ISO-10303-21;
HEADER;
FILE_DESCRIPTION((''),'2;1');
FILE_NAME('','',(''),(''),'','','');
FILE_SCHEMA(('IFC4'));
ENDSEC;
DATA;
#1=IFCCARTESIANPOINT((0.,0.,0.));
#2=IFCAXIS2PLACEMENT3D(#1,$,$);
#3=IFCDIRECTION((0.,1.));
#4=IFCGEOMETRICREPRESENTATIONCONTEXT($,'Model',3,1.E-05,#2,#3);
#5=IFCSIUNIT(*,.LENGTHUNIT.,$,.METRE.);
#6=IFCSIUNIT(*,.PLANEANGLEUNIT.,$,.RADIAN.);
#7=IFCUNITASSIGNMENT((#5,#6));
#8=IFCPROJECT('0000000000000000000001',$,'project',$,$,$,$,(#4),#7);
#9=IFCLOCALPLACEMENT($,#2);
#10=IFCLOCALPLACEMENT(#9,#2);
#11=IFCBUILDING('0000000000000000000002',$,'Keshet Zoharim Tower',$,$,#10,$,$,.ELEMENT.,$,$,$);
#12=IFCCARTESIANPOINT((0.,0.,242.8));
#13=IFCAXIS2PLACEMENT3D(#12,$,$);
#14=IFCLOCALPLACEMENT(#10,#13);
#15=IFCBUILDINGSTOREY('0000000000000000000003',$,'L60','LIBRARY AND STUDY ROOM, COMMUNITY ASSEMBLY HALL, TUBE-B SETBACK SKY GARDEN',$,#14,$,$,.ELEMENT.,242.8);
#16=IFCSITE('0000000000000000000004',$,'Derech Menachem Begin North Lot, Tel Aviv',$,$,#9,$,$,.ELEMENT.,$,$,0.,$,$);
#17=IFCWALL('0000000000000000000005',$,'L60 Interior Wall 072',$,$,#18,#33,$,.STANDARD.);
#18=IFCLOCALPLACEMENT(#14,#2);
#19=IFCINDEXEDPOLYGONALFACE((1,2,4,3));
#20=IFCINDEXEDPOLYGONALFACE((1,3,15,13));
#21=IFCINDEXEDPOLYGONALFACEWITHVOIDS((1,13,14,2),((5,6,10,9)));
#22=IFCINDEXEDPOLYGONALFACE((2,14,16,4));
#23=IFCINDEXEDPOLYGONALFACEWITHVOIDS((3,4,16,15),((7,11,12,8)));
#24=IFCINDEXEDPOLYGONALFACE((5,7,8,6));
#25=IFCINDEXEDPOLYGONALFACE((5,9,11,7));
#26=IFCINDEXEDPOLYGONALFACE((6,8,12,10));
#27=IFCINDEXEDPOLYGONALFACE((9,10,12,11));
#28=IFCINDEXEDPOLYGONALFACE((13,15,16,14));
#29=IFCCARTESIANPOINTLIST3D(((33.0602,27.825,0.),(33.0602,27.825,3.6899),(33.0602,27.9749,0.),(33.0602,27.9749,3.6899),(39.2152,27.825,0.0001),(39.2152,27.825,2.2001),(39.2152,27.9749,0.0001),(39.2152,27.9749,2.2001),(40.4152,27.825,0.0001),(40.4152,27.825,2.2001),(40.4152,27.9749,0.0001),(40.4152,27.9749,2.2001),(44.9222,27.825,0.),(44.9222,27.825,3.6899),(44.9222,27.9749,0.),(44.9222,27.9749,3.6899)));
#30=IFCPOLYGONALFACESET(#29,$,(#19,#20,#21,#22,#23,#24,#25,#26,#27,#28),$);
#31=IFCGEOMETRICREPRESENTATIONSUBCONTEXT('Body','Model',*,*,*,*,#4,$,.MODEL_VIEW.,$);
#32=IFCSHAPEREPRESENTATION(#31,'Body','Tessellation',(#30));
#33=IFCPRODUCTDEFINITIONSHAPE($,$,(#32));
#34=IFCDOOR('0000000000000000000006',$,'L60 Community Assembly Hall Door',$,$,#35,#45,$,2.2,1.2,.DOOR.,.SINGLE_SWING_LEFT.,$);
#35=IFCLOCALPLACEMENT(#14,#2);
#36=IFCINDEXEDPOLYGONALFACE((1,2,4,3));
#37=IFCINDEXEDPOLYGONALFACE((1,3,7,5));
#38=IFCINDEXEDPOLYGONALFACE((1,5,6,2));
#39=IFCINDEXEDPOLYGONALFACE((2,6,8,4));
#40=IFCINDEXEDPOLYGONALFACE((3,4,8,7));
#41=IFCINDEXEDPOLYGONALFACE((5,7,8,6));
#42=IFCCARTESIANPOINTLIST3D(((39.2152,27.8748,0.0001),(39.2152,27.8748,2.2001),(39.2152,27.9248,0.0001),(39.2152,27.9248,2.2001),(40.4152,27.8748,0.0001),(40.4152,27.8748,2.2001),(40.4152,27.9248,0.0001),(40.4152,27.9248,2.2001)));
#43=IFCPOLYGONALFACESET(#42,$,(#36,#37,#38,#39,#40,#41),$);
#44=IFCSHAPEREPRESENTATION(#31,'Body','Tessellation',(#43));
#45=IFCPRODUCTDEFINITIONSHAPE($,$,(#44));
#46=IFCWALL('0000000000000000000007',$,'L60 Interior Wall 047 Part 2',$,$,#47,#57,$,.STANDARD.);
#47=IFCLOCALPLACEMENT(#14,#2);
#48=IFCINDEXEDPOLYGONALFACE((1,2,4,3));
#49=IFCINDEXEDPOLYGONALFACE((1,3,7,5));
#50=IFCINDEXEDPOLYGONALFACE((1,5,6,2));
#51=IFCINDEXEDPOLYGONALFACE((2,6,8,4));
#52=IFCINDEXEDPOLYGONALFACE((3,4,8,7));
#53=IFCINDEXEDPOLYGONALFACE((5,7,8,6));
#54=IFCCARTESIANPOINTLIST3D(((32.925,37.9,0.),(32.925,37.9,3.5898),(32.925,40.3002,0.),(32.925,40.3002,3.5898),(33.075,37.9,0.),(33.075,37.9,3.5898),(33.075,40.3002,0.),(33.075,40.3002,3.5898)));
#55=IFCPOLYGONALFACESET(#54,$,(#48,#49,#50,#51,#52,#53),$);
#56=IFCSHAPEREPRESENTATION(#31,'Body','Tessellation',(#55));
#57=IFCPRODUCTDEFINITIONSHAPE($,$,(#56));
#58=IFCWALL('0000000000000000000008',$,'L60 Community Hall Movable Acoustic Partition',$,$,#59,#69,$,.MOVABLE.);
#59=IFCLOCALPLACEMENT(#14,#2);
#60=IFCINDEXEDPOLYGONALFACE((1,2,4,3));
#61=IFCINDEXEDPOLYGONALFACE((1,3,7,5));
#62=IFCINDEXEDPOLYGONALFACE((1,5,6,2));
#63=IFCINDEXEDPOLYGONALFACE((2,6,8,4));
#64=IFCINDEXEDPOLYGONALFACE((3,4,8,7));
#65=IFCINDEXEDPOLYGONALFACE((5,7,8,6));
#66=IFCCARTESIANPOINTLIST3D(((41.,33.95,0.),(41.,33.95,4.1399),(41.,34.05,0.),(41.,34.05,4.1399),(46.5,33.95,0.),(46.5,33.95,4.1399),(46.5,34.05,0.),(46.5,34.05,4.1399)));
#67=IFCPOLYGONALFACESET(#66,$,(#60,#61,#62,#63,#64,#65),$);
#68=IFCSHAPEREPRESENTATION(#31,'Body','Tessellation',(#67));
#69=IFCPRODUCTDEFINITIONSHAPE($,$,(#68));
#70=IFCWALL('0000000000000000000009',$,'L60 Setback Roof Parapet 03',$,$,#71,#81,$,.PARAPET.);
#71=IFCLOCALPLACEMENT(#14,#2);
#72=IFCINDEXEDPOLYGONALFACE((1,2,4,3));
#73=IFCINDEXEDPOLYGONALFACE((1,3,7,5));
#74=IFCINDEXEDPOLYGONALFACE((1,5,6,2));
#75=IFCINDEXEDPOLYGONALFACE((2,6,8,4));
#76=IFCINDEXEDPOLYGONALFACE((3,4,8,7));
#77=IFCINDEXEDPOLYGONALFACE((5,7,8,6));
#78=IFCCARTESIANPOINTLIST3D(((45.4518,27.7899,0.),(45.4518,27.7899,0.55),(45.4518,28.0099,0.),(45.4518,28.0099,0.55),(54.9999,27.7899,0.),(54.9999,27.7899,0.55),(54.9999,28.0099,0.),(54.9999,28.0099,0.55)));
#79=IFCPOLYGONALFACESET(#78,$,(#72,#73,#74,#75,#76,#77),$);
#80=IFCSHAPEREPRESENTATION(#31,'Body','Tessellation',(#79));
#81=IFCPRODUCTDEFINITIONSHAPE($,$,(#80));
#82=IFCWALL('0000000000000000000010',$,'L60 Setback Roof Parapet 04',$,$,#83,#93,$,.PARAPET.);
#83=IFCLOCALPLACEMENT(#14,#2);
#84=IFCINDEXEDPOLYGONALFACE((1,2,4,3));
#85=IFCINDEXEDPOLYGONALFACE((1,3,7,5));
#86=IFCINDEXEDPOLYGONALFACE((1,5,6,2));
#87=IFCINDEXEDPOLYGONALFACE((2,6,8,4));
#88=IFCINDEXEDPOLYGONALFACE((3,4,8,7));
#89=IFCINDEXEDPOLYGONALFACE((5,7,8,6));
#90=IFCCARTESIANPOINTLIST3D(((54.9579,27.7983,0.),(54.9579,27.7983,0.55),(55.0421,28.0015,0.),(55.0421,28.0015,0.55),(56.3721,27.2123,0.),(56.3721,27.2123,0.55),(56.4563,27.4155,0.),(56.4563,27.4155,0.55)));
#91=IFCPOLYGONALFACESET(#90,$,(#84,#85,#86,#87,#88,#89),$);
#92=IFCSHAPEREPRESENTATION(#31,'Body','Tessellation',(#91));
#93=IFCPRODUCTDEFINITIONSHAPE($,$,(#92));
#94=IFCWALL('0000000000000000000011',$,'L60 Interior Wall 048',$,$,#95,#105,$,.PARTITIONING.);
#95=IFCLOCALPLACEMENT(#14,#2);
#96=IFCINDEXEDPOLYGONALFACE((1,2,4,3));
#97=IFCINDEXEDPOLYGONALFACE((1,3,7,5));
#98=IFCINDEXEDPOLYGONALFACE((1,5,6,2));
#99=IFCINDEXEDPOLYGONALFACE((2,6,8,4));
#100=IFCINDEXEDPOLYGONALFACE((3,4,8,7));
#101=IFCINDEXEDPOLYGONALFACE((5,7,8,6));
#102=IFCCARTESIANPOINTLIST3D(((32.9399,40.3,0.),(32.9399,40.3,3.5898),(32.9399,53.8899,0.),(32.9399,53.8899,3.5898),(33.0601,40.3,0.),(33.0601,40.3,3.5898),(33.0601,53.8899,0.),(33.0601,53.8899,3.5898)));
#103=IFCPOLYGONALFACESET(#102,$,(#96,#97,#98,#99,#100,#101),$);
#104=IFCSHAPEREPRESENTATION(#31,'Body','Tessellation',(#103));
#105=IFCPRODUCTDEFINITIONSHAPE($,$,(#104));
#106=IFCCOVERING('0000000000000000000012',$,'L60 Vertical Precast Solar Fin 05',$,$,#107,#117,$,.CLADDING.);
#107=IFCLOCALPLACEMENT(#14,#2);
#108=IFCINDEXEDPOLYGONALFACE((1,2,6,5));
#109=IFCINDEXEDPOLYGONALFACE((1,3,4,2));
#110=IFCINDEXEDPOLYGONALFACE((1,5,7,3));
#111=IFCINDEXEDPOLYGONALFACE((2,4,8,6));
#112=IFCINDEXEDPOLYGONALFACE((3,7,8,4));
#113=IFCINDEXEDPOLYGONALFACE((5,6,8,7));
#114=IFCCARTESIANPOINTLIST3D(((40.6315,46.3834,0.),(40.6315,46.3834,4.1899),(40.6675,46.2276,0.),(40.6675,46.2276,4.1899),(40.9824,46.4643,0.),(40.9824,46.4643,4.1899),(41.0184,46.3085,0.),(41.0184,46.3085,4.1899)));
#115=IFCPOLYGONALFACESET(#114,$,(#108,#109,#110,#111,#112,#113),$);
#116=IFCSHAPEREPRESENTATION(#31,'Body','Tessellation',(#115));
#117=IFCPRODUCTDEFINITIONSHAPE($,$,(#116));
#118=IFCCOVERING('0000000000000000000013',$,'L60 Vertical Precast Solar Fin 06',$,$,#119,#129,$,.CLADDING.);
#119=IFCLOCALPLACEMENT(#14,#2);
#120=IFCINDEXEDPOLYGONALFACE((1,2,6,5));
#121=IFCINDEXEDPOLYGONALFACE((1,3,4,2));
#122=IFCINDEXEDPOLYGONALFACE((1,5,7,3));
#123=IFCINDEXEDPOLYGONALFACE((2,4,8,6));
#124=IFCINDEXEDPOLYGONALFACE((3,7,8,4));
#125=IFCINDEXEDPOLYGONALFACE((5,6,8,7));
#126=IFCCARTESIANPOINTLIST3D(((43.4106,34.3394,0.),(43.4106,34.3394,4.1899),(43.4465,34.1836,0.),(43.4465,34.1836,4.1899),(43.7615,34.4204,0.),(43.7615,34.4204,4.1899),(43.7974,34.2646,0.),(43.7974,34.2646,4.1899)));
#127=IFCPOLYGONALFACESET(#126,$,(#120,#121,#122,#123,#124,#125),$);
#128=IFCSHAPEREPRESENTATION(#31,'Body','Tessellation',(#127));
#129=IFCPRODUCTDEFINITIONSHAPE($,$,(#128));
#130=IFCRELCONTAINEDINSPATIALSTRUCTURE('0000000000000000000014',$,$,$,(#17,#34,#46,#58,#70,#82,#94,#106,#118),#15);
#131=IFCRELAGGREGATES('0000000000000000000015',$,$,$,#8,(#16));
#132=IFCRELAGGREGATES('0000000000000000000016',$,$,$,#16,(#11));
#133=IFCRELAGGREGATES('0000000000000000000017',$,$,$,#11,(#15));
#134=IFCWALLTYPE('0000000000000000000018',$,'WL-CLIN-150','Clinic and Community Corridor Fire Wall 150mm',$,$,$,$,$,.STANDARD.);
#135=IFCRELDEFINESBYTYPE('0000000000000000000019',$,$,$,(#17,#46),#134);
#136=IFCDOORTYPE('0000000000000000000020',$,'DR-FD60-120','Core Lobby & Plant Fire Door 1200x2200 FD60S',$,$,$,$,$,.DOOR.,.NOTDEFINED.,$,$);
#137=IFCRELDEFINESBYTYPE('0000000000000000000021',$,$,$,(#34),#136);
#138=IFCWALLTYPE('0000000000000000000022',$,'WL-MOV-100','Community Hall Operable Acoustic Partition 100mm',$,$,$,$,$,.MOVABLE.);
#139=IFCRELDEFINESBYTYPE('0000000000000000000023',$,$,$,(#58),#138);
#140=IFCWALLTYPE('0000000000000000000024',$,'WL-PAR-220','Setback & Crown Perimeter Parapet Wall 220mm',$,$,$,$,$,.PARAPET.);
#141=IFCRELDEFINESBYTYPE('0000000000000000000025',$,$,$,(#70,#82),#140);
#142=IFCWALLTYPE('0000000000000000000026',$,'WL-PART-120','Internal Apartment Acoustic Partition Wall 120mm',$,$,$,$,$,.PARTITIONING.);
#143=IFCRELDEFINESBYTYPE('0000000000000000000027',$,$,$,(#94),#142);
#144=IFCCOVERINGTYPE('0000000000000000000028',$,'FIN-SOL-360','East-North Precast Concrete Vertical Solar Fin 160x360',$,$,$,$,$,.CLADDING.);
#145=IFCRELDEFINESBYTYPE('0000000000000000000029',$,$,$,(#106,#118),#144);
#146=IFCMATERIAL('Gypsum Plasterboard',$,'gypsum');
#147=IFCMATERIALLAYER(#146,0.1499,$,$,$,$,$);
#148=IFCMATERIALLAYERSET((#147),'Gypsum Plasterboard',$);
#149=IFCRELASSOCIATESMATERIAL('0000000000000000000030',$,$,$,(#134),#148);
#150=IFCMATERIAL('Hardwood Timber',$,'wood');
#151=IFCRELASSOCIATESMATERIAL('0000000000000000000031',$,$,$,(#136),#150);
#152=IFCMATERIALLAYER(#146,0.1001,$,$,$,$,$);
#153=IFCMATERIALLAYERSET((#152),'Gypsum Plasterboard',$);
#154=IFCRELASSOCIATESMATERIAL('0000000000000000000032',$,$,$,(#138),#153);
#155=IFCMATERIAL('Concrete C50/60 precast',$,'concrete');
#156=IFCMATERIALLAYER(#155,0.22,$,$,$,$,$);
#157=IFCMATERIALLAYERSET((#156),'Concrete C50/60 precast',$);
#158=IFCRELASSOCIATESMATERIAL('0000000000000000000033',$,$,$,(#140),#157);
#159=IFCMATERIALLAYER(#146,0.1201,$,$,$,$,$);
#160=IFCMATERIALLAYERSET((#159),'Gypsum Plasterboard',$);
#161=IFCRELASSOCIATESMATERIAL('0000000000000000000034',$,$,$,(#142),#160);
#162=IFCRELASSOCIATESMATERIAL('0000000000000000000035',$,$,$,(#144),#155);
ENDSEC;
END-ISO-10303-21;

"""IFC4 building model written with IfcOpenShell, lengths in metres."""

from ifc_helpers import new_model, si_unit, direction, frame, frame_2d, origin, origin_2d, place, context, subcontext, project, spatial, rectangle, extrude, material, layer, layer_set, type_object, element, fill, save


model = new_model("IFC4")

# Units and contexts
model_context = context("Model", 3, precision=1e-05, world=origin(), true_north=direction((0.0, 1.0)))
body_context = subcontext(model_context, "Body", "Model", "MODEL_VIEW")
ifc_project = project(units=[si_unit("LENGTHUNIT", "METRE"), si_unit("PLANEANGLEUNIT", "RADIAN")], contexts=[model_context])

# Site, building, storey
site_placement = place(None, origin())
site = spatial("IfcSite", under=ifc_project, at=site_placement, Name="Derech Menachem Begin North Lot, Tel Aviv", CompositionType="ELEMENT", RefElevation=0.0)
building_placement = place(site_placement, origin())
building = spatial("IfcBuilding", under=site, at=building_placement, Name="Keshet Zoharim Tower", CompositionType="ELEMENT")
storey_placement = place(building_placement, frame((0.0, 0.0, 242.8)))
storey = spatial("IfcBuildingStorey", under=building, at=storey_placement, Name="L60", Description="LIBRARY AND STUDY ROOM, COMMUNITY ASSEMBLY HALL, TUBE-B SETBACK SKY GARDEN", CompositionType="ELEMENT", Elevation=242.8)

# Wall, opening, door
ifc_material_1 = material(Name="Gypsum Plasterboard", Category="gypsum")
ifc_layer_1 = layer(ifc_material_1, 0.1499)
ifc_layer_set_1 = layer_set([ifc_layer_1], Name="Gypsum Plasterboard")
wall_type_1 = type_object("IfcWallType", Name="WL-CLIN-150", Description="Clinic and Community Corridor Fire Wall 150mm", PredefinedType="STANDARD", material=ifc_layer_set_1)
wall_1_placement = place(storey_placement, frame((33.0601, 27.8999, 0.0), z_axis=(0.0, 0.0, 1.0), x_axis=(1.0, 0.0, 0.0)))
wall_1 = element("IfcWall", 1, at=wall_1_placement, inside=storey, type_object=wall_type_1, Name="L60 Interior Wall 072", PredefinedType="STANDARD", context=body_context, shape_type="SweptSolid", body=[
    extrude(rectangle(XDim=11.8621, YDim=0.1499, at=frame_2d((5.9312, 0.0))), origin(), (0.0, 0.0, 1.0), 3.6899),
])
opening_placement = place(wall_1_placement, frame((6.155, 0.0, 0.0)))
opening = element("IfcOpeningElement", 2, at=opening_placement, cuts=wall_1, PredefinedType="OPENING", context=body_context, shape_type="SweptSolid", body=[
    extrude(rectangle(XDim=1.2, YDim=2.2, at=frame_2d((0.6001, 1.1001))), frame((0.0, 0.085, 0.0), z_axis=(0.0, -1.0, 0.0), x_axis=(1.0, 0.0, 0.0)), (0.0, 0.0, 1.0), 0.1699),
])
ifc_material_2 = material(Name="Hardwood Timber", Category="wood")
door_type = type_object("IfcDoorType", Name="DR-FD60-120", Description="Core Lobby & Plant Fire Door 1200x2200 FD60S", OperationType="NOTDEFINED", PredefinedType="DOOR", material=ifc_material_2)
door_placement = place(opening_placement, origin())
door = element("IfcDoor", 3, at=door_placement, inside=storey, type_object=door_type, Name="L60 Community Assembly Hall Door", OperationType="SINGLE_SWING_LEFT", OverallHeight=2.2, OverallWidth=1.2, PredefinedType="DOOR", context=body_context, shape_type="SweptSolid", body=[
    extrude(rectangle(XDim=1.2, YDim=2.2, at=frame_2d((0.6001, 1.1001))), frame((0.0, 0.0249, 0.0), z_axis=(0.0, -1.0, 0.0), x_axis=(1.0, 0.0, 0.0)), (0.0, 0.0, 1.0), 0.05),
])
fill(opening, door)

# Walls
wall_2_placement = place(storey_placement, frame((33.0, 37.8999, 0.0), z_axis=(0.0, 0.0, 1.0), x_axis=(0.0, 1.0, 0.0)))
element("IfcWall", 4, at=wall_2_placement, inside=storey, type_object=wall_type_1, Name="L60 Interior Wall 047 Part 2", PredefinedType="STANDARD", context=body_context, shape_type="SweptSolid", body=[
    extrude(rectangle(XDim=2.4001, YDim=0.1499, at=frame_2d((1.2002, 0.0))), origin(), (0.0, 0.0, 1.0), 3.5898),
])
ifc_layer_2 = layer(ifc_material_1, 0.1001)
ifc_layer_set_2 = layer_set([ifc_layer_2], Name="Gypsum Plasterboard")
wall_type_2 = type_object("IfcWallType", Name="WL-MOV-100", Description="Community Hall Operable Acoustic Partition 100mm", PredefinedType="MOVABLE", material=ifc_layer_set_2)
wall_3_placement = place(storey_placement, frame((41.0, 34.0, 0.0), z_axis=(0.0, 0.0, 1.0), x_axis=(1.0, 0.0, 0.0)))
element("IfcWall", 5, at=wall_3_placement, inside=storey, type_object=wall_type_2, Name="L60 Community Hall Movable Acoustic Partition", PredefinedType="MOVABLE", context=body_context, shape_type="SweptSolid", body=[
    extrude(rectangle(XDim=5.5, YDim=0.1001, at=frame_2d((2.75, 0.0))), origin(), (0.0, 0.0, 1.0), 4.1399),
])
ifc_material_3 = material(Name="Concrete C50/60 precast", Category="concrete")
ifc_layer_3 = layer(ifc_material_3, 0.22)
ifc_layer_set_3 = layer_set([ifc_layer_3], Name="Concrete C50/60 precast")
wall_type_3 = type_object("IfcWallType", Name="WL-PAR-220", Description="Setback & Crown Perimeter Parapet Wall 220mm", PredefinedType="PARAPET", material=ifc_layer_set_3)
wall_4_placement = place(storey_placement, frame((45.4519, 27.8999, 0.0), z_axis=(0.0, 0.0, 1.0), x_axis=(1.0, 0.0, 0.0)))
element("IfcWall", 6, at=wall_4_placement, inside=storey, type_object=wall_type_3, Name="L60 Setback Roof Parapet 03", PredefinedType="PARAPET", context=body_context, shape_type="SweptSolid", body=[
    extrude(rectangle(XDim=9.5481, YDim=0.22, at=frame_2d((4.7739, 0.0))), origin(), (0.0, 0.0, 1.0), 0.55),
])
wall_5_placement = place(storey_placement, frame((55.0, 27.8999, 0.0), z_axis=(0.0, 0.0, 1.0), x_axis=(0.92383, -0.382803, 0.0)))
element("IfcWall", 7, at=wall_5_placement, inside=storey, type_object=wall_type_3, Name="L60 Setback Roof Parapet 04", PredefinedType="PARAPET", context=body_context, shape_type="SweptSolid", body=[
    extrude(rectangle(XDim=1.5308, YDim=0.22, at=frame_2d((0.7654, 0.0))), origin(), (0.0, 0.0, 1.0), 0.55),
])
ifc_layer_4 = layer(ifc_material_1, 0.1201)
ifc_layer_set_4 = layer_set([ifc_layer_4], Name="Gypsum Plasterboard")
wall_type_4 = type_object("IfcWallType", Name="WL-PART-120", Description="Internal Apartment Acoustic Partition Wall 120mm", PredefinedType="PARTITIONING", material=ifc_layer_set_4)
wall_6_placement = place(storey_placement, frame((33.0, 40.3, 0.0), z_axis=(0.0, 0.0, 1.0), x_axis=(0.0, 1.0, 0.0)))
element("IfcWall", 8, at=wall_6_placement, inside=storey, type_object=wall_type_4, Name="L60 Interior Wall 048", PredefinedType="PARTITIONING", context=body_context, shape_type="SweptSolid", body=[
    extrude(rectangle(XDim=13.5898, YDim=0.1201, at=frame_2d((6.7949, 0.0))), origin(), (0.0, 0.0, 1.0), 3.5898),
])

# Coverings
covering_type = type_object("IfcCoveringType", Name="FIN-SOL-360", Description="East-North Precast Concrete Vertical Solar Fin 160x360", PredefinedType="CLADDING", material=ifc_material_3)
for number, where, z_axis, x_axis, name in (
    (9, (40.825, 46.3459, 0.0), (0.0, 0.0, 1.0), (0.22483, -0.974398, 0.0), "L60 Vertical Precast Solar Fin 05"),
    (10, (43.604, 34.302, 0.0), (0.0, 0.0, 1.0), (0.22483, -0.974398, 0.0), "L60 Vertical Precast Solar Fin 06"),
):
    element("IfcCovering", number, at=place(storey_placement, frame(where, z_axis=z_axis, x_axis=x_axis)), inside=storey, type_object=covering_type, Name=name, PredefinedType="CLADDING", context=body_context, shape_type="SweptSolid", body=[
        extrude(rectangle(XDim=0.1599, YDim=0.3601, at=origin_2d()), origin(), (0.0, 0.0, 1.0), 4.1899),
    ])

save(model, "model.ifc")
